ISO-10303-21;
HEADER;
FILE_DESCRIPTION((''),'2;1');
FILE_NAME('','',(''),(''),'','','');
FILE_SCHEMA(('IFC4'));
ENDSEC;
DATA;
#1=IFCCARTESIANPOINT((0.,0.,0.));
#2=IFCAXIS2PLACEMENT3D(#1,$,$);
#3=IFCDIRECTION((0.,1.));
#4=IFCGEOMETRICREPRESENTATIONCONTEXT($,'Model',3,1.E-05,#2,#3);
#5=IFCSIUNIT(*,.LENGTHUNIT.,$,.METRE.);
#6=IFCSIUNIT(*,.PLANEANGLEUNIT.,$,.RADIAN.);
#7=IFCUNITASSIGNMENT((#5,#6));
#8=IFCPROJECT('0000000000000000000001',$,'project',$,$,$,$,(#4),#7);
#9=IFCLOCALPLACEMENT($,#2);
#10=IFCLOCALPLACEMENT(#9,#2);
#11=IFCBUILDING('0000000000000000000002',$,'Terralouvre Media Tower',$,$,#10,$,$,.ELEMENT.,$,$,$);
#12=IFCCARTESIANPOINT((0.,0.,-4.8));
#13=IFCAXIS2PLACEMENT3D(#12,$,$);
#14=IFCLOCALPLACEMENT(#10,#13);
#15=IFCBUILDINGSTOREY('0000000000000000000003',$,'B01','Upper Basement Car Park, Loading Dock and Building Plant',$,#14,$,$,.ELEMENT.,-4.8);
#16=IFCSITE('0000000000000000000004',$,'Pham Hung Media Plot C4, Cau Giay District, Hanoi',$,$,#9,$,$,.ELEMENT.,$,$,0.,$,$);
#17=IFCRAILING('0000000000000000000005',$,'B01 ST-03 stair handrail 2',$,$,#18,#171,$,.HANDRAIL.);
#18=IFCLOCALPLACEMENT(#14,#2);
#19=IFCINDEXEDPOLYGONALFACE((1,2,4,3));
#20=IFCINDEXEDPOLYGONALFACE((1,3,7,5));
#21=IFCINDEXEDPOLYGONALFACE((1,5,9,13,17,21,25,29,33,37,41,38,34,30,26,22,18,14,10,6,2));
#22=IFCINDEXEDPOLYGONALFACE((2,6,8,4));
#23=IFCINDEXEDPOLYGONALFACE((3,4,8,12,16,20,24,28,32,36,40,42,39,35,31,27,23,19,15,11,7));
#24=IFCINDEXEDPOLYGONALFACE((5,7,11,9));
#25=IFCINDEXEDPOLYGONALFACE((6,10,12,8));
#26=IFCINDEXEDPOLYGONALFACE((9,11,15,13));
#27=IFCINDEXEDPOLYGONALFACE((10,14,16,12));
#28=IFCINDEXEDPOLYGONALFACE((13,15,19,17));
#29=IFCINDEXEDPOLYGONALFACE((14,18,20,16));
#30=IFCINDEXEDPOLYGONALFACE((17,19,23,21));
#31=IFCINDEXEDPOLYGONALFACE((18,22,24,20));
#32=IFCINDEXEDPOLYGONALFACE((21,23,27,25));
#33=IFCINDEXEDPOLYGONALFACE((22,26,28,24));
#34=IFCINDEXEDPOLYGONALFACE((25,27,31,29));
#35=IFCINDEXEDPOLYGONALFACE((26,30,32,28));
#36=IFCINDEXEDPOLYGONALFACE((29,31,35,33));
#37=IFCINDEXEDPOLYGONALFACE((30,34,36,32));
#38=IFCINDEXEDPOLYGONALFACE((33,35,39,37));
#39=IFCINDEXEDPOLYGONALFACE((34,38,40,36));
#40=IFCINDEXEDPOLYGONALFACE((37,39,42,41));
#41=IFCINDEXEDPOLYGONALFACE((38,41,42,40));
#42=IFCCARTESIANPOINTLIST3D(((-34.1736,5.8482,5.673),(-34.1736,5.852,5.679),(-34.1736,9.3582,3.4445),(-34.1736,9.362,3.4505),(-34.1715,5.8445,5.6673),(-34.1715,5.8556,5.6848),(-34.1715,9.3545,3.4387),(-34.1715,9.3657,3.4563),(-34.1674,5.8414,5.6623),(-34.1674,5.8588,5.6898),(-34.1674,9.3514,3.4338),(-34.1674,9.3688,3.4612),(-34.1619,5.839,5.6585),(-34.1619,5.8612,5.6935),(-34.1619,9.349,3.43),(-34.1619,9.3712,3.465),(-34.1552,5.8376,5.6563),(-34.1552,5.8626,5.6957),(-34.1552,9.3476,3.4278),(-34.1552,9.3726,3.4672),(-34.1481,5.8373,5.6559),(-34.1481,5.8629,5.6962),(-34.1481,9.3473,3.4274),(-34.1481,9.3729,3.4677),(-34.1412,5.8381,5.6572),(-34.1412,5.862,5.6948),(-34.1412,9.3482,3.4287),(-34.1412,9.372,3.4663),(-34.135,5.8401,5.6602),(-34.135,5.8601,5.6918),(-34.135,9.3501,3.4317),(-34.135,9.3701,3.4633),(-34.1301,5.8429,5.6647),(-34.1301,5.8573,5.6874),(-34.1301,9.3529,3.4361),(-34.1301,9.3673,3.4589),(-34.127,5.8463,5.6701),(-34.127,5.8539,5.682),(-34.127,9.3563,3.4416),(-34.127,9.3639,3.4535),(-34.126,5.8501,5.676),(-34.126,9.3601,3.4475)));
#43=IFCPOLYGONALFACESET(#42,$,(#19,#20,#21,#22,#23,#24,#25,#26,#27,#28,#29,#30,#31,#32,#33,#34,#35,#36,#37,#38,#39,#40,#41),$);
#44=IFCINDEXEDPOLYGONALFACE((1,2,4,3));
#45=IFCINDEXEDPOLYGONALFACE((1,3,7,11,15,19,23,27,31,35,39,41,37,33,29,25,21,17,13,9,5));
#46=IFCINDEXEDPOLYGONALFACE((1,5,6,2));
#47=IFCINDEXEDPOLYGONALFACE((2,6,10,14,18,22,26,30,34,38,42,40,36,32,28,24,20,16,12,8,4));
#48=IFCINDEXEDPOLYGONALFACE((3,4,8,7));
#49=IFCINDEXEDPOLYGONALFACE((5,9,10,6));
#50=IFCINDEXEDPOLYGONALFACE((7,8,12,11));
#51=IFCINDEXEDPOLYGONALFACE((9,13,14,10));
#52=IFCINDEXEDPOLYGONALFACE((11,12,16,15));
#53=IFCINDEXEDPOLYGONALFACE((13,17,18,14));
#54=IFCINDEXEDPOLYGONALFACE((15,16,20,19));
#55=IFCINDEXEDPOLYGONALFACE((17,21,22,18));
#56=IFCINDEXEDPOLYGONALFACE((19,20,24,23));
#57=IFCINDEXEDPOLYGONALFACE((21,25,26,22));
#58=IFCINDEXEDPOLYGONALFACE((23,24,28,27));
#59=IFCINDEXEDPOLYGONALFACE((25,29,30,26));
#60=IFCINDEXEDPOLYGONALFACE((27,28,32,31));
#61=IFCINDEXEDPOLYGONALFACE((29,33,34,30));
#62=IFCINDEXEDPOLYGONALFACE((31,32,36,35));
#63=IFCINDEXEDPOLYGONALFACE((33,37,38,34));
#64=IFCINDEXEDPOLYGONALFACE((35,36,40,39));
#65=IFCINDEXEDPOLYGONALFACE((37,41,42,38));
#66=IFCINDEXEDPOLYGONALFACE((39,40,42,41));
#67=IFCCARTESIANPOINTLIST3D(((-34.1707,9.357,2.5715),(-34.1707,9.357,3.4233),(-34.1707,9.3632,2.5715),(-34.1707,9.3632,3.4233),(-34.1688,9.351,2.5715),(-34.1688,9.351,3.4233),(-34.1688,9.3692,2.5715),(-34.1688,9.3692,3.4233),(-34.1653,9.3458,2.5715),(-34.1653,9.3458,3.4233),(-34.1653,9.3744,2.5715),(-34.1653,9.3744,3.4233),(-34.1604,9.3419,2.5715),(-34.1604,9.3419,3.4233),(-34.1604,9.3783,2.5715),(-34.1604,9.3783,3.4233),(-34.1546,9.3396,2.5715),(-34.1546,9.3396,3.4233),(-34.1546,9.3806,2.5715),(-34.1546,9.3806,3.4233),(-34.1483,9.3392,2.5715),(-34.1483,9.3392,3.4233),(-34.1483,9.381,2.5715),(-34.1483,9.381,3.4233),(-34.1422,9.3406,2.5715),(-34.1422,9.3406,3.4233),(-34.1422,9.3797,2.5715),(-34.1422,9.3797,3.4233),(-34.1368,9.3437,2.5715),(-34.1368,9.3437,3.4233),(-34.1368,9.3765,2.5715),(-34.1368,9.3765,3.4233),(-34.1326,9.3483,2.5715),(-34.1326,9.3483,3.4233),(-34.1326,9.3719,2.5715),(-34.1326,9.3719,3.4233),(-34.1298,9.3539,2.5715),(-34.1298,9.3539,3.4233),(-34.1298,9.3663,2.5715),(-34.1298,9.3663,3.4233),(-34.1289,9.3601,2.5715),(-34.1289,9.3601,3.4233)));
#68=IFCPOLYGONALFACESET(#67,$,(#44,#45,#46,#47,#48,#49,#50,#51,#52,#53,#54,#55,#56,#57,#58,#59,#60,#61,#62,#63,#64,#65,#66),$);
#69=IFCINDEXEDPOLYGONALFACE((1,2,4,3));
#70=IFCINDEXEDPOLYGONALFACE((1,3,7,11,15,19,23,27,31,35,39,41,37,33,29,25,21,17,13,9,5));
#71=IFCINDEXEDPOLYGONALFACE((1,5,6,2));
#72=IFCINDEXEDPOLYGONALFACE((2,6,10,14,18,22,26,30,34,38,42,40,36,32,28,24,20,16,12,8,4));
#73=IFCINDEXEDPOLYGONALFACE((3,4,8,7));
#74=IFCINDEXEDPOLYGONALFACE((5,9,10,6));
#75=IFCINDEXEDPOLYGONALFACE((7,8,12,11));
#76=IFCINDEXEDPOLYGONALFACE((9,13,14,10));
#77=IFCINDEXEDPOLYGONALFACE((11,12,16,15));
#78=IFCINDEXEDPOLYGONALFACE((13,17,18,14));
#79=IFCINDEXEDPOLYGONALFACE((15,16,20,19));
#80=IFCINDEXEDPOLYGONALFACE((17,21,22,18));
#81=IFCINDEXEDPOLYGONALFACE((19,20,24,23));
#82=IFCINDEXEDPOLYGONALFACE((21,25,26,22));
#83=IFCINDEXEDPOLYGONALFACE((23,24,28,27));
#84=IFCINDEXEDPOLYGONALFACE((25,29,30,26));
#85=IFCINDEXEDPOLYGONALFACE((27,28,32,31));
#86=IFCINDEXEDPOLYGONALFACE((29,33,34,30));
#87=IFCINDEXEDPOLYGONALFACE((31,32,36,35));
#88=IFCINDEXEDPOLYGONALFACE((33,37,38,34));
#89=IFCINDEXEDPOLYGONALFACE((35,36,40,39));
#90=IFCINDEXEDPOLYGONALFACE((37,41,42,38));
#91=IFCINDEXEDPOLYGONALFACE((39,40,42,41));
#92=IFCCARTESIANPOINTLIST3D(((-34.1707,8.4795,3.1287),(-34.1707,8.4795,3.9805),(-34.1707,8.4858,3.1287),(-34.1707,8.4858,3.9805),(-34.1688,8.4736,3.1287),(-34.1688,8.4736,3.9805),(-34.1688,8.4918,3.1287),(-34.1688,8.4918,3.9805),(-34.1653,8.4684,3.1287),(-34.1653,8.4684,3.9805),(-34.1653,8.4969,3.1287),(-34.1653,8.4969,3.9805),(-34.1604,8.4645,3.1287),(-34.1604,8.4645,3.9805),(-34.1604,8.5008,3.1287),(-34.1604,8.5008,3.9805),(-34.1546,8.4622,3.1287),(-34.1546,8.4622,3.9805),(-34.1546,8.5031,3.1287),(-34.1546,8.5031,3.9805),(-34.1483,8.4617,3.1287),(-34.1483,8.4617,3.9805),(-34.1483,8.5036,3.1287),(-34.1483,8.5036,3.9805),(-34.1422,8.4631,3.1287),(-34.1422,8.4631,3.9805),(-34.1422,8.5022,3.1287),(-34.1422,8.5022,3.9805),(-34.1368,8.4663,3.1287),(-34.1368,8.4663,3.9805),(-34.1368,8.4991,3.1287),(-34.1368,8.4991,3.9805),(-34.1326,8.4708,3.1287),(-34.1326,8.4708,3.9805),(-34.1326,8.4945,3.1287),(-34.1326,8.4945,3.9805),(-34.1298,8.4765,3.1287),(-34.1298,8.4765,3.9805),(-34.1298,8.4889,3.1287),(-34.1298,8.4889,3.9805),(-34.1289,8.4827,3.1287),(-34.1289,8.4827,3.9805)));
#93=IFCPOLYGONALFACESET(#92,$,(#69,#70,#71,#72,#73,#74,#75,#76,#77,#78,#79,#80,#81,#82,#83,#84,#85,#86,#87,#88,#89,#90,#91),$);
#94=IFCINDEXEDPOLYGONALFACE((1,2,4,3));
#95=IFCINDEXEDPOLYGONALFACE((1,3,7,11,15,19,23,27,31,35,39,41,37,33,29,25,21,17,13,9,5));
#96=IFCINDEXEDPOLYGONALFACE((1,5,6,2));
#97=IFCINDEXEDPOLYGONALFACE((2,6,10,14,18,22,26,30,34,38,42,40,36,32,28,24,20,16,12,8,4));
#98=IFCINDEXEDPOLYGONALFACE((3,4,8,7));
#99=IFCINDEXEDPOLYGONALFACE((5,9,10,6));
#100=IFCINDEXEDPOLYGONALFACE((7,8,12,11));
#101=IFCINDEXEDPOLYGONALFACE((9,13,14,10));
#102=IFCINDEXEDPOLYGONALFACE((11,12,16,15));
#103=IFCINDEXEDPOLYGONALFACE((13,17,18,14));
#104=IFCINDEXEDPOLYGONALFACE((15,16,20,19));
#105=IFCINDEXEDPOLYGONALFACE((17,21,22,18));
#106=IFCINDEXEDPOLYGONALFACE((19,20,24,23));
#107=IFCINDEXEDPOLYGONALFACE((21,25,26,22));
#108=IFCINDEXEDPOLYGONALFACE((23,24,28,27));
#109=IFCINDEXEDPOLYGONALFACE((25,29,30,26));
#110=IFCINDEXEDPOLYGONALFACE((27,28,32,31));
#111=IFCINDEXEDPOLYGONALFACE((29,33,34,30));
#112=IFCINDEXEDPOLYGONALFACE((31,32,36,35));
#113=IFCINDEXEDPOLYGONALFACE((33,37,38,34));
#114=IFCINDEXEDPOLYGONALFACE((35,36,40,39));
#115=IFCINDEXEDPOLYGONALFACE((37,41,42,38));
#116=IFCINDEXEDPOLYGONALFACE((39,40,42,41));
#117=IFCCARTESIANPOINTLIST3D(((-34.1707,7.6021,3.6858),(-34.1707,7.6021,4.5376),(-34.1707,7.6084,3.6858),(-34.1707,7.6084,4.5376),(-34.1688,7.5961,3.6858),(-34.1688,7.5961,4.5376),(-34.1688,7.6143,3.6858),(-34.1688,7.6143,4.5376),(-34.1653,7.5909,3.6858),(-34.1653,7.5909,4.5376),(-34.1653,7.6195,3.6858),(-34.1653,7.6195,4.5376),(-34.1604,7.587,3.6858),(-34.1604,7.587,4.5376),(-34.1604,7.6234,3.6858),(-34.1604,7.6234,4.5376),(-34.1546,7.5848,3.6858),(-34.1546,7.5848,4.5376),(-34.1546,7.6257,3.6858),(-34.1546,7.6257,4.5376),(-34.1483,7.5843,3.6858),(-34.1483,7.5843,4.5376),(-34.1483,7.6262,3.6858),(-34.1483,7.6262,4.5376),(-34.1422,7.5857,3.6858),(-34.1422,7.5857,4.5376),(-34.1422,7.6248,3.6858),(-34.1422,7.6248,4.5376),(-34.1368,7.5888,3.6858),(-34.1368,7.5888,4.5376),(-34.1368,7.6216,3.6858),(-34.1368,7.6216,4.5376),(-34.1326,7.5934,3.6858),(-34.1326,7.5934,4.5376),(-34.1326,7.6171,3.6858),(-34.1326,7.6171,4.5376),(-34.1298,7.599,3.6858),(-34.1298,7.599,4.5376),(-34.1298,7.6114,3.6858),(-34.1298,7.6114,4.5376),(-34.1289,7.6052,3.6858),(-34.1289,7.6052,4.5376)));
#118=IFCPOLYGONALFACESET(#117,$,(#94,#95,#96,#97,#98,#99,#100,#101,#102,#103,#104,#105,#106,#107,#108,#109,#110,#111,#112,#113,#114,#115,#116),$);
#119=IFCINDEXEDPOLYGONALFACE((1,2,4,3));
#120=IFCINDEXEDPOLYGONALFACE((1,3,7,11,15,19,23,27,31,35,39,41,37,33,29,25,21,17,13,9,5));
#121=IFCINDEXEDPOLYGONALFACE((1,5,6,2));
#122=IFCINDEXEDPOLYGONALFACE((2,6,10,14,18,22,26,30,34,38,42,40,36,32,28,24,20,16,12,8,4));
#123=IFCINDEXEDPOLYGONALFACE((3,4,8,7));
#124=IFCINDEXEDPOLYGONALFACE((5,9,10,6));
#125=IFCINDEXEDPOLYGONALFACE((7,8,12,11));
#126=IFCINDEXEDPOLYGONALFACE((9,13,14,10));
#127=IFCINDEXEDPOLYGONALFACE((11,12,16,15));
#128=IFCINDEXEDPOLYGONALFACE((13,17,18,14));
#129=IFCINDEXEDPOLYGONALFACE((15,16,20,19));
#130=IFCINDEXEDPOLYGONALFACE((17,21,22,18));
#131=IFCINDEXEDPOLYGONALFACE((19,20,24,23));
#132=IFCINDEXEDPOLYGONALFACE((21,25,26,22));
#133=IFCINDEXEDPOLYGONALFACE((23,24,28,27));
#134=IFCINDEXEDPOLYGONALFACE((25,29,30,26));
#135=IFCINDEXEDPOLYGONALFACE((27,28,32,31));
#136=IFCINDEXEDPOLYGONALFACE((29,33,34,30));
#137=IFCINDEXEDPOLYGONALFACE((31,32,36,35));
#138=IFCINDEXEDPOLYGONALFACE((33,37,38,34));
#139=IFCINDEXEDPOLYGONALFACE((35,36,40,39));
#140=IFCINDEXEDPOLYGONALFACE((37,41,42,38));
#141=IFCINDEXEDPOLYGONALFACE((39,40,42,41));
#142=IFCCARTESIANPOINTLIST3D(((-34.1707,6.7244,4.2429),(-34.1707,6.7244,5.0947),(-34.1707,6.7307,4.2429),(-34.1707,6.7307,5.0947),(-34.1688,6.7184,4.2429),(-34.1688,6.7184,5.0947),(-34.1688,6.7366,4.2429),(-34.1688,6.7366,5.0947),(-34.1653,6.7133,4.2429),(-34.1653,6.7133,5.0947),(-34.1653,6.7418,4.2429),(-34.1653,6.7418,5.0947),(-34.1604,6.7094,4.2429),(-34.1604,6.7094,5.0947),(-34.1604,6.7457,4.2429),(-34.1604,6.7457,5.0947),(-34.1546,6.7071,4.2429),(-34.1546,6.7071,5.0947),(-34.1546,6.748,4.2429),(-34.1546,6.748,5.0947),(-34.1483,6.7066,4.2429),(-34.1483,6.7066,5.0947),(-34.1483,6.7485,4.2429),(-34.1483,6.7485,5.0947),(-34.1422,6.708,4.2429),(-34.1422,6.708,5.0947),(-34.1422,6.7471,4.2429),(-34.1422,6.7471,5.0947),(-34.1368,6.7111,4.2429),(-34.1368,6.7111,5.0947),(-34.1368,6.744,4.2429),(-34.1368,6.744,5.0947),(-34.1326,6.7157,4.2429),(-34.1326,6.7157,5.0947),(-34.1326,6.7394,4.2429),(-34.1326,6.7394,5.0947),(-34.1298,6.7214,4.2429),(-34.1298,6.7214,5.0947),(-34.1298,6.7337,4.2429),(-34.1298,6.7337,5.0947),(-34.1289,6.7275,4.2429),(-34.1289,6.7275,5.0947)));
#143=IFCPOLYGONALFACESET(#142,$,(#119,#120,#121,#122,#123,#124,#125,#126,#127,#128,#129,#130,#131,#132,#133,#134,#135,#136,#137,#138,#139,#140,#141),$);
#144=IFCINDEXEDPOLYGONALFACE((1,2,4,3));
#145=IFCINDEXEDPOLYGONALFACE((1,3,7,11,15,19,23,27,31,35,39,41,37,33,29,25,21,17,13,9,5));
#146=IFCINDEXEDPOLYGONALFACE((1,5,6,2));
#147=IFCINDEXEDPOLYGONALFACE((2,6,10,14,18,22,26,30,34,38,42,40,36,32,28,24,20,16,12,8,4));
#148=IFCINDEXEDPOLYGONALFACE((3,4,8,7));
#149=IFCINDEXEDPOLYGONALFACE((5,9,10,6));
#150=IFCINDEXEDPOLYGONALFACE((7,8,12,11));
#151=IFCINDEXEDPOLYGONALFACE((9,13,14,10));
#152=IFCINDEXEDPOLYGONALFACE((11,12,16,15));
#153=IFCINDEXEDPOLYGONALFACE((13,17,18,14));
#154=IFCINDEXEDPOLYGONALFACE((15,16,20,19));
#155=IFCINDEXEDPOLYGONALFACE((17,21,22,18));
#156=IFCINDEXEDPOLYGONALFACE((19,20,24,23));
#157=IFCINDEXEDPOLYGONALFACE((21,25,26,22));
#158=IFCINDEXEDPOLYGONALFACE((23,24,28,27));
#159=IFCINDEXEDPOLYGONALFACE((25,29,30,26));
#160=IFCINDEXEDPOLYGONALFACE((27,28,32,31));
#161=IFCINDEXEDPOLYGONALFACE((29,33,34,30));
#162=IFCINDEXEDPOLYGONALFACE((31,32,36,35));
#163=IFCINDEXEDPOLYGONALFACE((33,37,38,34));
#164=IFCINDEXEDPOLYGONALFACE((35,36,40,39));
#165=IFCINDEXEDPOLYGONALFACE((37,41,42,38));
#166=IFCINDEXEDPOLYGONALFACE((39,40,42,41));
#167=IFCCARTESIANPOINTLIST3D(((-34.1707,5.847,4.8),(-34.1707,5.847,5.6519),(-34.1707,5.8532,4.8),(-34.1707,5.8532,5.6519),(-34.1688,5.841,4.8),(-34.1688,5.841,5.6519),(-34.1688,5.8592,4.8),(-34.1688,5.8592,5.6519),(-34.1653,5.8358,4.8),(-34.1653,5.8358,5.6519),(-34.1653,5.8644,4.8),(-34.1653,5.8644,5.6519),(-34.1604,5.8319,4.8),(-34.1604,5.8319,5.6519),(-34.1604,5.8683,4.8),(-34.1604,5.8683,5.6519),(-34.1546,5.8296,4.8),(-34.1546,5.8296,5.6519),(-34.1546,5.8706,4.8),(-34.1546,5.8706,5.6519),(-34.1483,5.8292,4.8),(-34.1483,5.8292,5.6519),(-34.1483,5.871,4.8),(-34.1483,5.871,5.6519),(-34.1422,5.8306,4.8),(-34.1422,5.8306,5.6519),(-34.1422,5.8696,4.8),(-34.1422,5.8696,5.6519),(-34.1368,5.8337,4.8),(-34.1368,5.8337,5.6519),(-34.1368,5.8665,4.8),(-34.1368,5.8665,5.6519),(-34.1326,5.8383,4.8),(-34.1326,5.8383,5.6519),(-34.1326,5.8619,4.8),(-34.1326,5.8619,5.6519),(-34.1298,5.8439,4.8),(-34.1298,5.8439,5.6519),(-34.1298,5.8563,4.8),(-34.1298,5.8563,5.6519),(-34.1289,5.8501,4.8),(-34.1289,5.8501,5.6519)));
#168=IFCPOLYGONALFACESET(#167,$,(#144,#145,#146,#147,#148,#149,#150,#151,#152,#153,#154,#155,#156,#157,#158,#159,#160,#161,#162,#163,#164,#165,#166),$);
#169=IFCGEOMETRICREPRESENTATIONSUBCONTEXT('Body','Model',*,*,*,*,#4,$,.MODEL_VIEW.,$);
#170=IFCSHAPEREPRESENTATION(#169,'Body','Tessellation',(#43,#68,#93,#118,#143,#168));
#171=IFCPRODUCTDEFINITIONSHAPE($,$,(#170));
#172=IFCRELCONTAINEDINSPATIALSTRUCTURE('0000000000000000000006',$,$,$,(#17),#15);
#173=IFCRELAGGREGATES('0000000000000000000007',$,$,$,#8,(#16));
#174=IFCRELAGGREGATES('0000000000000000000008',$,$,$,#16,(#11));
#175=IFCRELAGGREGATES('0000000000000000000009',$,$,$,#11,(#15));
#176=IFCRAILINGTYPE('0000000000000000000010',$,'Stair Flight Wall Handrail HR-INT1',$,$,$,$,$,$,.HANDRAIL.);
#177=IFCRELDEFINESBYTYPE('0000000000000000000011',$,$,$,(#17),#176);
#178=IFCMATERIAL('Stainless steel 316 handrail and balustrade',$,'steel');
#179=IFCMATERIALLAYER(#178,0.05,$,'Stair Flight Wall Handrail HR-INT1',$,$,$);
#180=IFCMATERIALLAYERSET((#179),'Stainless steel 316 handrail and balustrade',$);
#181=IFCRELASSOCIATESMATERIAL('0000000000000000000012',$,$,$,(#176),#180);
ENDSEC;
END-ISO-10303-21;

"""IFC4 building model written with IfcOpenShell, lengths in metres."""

from ifc_helpers import new_model, si_unit, direction, frame, origin, origin_2d, place, context, subcontext, project, spatial, circle, extrude, material, layer, layer_set, type_object, element, save


model = new_model("IFC4")

# Units and contexts
model_context = context("Model", 3, precision=1e-05, world=origin(), true_north=direction((0.0, 1.0)))
body_context = subcontext(model_context, "Body", "Model", "MODEL_VIEW")
ifc_project = project(units=[si_unit("LENGTHUNIT", "METRE"), si_unit("PLANEANGLEUNIT", "RADIAN")], contexts=[model_context])

# Site, building, storey
site_placement = place(None, origin())
site = spatial("IfcSite", under=ifc_project, at=site_placement, Name="Pham Hung Media Plot C4, Cau Giay District, Hanoi", CompositionType="ELEMENT", RefElevation=0.0)
building_placement = place(site_placement, origin())
building = spatial("IfcBuilding", under=site, at=building_placement, Name="Terralouvre Media Tower", CompositionType="ELEMENT")
storey_placement = place(building_placement, frame((0.0, 0.0, -4.8)))
storey = spatial("IfcBuildingStorey", under=building, at=storey_placement, Name="B01", Description="Upper Basement Car Park, Loading Dock and Building Plant", CompositionType="ELEMENT", Elevation=-4.8)

# Railing
ifc_material_1 = material(Name="Stainless steel 316 handrail and balustrade", Category="steel")
ifc_layer_1 = layer(ifc_material_1, 0.05, Name="Stair Flight Wall Handrail HR-INT1")
ifc_layer_set_1 = layer_set([ifc_layer_1], Name="Stainless steel 316 handrail and balustrade")
railing_type_1 = type_object("IfcRailingType", Name="Stair Flight Wall Handrail HR-INT1", PredefinedType="HANDRAIL", material=ifc_layer_set_1)
railing_1_placement = place(storey_placement, frame((-34.1499, 9.3601, 2.5715)))
element("IfcRailing", 1, at=railing_1_placement, inside=storey, type_object=railing_type_1, Name="B01 ST-03 stair handrail 2", PredefinedType="HANDRAIL", context=body_context, shape_type="SweptSolid", body=[
    extrude(circle(Radius=0.0239, at=origin_2d()), frame((0.0, 0.0, 0.876), z_axis=(0.0, -0.84422, 0.535998), x_axis=(1.0, 0.0, 0.0)), (0.0, 0.0, 1.0), 4.1577),
    extrude(circle(Radius=0.021, at=origin_2d()), origin(), (0.0, 0.0, 1.0), 0.8518),
    extrude(circle(Radius=0.021, at=origin_2d()), frame((0.0, -0.8774, 0.5571)), (0.0, 0.0, 1.0), 0.8518),
    extrude(circle(Radius=0.021, at=origin_2d()), frame((0.0, -1.7549, 1.1143)), (0.0, 0.0, 1.0), 0.8518),
    extrude(circle(Radius=0.021, at=origin_2d()), frame((0.0, -2.6326, 1.6714)), (0.0, 0.0, 1.0), 0.8518),
    extrude(circle(Radius=0.021, at=origin_2d()), frame((0.0, -3.51, 2.2285)), (0.0, 0.0, 1.0), 0.8518),
])

save(model, "model.ifc")
